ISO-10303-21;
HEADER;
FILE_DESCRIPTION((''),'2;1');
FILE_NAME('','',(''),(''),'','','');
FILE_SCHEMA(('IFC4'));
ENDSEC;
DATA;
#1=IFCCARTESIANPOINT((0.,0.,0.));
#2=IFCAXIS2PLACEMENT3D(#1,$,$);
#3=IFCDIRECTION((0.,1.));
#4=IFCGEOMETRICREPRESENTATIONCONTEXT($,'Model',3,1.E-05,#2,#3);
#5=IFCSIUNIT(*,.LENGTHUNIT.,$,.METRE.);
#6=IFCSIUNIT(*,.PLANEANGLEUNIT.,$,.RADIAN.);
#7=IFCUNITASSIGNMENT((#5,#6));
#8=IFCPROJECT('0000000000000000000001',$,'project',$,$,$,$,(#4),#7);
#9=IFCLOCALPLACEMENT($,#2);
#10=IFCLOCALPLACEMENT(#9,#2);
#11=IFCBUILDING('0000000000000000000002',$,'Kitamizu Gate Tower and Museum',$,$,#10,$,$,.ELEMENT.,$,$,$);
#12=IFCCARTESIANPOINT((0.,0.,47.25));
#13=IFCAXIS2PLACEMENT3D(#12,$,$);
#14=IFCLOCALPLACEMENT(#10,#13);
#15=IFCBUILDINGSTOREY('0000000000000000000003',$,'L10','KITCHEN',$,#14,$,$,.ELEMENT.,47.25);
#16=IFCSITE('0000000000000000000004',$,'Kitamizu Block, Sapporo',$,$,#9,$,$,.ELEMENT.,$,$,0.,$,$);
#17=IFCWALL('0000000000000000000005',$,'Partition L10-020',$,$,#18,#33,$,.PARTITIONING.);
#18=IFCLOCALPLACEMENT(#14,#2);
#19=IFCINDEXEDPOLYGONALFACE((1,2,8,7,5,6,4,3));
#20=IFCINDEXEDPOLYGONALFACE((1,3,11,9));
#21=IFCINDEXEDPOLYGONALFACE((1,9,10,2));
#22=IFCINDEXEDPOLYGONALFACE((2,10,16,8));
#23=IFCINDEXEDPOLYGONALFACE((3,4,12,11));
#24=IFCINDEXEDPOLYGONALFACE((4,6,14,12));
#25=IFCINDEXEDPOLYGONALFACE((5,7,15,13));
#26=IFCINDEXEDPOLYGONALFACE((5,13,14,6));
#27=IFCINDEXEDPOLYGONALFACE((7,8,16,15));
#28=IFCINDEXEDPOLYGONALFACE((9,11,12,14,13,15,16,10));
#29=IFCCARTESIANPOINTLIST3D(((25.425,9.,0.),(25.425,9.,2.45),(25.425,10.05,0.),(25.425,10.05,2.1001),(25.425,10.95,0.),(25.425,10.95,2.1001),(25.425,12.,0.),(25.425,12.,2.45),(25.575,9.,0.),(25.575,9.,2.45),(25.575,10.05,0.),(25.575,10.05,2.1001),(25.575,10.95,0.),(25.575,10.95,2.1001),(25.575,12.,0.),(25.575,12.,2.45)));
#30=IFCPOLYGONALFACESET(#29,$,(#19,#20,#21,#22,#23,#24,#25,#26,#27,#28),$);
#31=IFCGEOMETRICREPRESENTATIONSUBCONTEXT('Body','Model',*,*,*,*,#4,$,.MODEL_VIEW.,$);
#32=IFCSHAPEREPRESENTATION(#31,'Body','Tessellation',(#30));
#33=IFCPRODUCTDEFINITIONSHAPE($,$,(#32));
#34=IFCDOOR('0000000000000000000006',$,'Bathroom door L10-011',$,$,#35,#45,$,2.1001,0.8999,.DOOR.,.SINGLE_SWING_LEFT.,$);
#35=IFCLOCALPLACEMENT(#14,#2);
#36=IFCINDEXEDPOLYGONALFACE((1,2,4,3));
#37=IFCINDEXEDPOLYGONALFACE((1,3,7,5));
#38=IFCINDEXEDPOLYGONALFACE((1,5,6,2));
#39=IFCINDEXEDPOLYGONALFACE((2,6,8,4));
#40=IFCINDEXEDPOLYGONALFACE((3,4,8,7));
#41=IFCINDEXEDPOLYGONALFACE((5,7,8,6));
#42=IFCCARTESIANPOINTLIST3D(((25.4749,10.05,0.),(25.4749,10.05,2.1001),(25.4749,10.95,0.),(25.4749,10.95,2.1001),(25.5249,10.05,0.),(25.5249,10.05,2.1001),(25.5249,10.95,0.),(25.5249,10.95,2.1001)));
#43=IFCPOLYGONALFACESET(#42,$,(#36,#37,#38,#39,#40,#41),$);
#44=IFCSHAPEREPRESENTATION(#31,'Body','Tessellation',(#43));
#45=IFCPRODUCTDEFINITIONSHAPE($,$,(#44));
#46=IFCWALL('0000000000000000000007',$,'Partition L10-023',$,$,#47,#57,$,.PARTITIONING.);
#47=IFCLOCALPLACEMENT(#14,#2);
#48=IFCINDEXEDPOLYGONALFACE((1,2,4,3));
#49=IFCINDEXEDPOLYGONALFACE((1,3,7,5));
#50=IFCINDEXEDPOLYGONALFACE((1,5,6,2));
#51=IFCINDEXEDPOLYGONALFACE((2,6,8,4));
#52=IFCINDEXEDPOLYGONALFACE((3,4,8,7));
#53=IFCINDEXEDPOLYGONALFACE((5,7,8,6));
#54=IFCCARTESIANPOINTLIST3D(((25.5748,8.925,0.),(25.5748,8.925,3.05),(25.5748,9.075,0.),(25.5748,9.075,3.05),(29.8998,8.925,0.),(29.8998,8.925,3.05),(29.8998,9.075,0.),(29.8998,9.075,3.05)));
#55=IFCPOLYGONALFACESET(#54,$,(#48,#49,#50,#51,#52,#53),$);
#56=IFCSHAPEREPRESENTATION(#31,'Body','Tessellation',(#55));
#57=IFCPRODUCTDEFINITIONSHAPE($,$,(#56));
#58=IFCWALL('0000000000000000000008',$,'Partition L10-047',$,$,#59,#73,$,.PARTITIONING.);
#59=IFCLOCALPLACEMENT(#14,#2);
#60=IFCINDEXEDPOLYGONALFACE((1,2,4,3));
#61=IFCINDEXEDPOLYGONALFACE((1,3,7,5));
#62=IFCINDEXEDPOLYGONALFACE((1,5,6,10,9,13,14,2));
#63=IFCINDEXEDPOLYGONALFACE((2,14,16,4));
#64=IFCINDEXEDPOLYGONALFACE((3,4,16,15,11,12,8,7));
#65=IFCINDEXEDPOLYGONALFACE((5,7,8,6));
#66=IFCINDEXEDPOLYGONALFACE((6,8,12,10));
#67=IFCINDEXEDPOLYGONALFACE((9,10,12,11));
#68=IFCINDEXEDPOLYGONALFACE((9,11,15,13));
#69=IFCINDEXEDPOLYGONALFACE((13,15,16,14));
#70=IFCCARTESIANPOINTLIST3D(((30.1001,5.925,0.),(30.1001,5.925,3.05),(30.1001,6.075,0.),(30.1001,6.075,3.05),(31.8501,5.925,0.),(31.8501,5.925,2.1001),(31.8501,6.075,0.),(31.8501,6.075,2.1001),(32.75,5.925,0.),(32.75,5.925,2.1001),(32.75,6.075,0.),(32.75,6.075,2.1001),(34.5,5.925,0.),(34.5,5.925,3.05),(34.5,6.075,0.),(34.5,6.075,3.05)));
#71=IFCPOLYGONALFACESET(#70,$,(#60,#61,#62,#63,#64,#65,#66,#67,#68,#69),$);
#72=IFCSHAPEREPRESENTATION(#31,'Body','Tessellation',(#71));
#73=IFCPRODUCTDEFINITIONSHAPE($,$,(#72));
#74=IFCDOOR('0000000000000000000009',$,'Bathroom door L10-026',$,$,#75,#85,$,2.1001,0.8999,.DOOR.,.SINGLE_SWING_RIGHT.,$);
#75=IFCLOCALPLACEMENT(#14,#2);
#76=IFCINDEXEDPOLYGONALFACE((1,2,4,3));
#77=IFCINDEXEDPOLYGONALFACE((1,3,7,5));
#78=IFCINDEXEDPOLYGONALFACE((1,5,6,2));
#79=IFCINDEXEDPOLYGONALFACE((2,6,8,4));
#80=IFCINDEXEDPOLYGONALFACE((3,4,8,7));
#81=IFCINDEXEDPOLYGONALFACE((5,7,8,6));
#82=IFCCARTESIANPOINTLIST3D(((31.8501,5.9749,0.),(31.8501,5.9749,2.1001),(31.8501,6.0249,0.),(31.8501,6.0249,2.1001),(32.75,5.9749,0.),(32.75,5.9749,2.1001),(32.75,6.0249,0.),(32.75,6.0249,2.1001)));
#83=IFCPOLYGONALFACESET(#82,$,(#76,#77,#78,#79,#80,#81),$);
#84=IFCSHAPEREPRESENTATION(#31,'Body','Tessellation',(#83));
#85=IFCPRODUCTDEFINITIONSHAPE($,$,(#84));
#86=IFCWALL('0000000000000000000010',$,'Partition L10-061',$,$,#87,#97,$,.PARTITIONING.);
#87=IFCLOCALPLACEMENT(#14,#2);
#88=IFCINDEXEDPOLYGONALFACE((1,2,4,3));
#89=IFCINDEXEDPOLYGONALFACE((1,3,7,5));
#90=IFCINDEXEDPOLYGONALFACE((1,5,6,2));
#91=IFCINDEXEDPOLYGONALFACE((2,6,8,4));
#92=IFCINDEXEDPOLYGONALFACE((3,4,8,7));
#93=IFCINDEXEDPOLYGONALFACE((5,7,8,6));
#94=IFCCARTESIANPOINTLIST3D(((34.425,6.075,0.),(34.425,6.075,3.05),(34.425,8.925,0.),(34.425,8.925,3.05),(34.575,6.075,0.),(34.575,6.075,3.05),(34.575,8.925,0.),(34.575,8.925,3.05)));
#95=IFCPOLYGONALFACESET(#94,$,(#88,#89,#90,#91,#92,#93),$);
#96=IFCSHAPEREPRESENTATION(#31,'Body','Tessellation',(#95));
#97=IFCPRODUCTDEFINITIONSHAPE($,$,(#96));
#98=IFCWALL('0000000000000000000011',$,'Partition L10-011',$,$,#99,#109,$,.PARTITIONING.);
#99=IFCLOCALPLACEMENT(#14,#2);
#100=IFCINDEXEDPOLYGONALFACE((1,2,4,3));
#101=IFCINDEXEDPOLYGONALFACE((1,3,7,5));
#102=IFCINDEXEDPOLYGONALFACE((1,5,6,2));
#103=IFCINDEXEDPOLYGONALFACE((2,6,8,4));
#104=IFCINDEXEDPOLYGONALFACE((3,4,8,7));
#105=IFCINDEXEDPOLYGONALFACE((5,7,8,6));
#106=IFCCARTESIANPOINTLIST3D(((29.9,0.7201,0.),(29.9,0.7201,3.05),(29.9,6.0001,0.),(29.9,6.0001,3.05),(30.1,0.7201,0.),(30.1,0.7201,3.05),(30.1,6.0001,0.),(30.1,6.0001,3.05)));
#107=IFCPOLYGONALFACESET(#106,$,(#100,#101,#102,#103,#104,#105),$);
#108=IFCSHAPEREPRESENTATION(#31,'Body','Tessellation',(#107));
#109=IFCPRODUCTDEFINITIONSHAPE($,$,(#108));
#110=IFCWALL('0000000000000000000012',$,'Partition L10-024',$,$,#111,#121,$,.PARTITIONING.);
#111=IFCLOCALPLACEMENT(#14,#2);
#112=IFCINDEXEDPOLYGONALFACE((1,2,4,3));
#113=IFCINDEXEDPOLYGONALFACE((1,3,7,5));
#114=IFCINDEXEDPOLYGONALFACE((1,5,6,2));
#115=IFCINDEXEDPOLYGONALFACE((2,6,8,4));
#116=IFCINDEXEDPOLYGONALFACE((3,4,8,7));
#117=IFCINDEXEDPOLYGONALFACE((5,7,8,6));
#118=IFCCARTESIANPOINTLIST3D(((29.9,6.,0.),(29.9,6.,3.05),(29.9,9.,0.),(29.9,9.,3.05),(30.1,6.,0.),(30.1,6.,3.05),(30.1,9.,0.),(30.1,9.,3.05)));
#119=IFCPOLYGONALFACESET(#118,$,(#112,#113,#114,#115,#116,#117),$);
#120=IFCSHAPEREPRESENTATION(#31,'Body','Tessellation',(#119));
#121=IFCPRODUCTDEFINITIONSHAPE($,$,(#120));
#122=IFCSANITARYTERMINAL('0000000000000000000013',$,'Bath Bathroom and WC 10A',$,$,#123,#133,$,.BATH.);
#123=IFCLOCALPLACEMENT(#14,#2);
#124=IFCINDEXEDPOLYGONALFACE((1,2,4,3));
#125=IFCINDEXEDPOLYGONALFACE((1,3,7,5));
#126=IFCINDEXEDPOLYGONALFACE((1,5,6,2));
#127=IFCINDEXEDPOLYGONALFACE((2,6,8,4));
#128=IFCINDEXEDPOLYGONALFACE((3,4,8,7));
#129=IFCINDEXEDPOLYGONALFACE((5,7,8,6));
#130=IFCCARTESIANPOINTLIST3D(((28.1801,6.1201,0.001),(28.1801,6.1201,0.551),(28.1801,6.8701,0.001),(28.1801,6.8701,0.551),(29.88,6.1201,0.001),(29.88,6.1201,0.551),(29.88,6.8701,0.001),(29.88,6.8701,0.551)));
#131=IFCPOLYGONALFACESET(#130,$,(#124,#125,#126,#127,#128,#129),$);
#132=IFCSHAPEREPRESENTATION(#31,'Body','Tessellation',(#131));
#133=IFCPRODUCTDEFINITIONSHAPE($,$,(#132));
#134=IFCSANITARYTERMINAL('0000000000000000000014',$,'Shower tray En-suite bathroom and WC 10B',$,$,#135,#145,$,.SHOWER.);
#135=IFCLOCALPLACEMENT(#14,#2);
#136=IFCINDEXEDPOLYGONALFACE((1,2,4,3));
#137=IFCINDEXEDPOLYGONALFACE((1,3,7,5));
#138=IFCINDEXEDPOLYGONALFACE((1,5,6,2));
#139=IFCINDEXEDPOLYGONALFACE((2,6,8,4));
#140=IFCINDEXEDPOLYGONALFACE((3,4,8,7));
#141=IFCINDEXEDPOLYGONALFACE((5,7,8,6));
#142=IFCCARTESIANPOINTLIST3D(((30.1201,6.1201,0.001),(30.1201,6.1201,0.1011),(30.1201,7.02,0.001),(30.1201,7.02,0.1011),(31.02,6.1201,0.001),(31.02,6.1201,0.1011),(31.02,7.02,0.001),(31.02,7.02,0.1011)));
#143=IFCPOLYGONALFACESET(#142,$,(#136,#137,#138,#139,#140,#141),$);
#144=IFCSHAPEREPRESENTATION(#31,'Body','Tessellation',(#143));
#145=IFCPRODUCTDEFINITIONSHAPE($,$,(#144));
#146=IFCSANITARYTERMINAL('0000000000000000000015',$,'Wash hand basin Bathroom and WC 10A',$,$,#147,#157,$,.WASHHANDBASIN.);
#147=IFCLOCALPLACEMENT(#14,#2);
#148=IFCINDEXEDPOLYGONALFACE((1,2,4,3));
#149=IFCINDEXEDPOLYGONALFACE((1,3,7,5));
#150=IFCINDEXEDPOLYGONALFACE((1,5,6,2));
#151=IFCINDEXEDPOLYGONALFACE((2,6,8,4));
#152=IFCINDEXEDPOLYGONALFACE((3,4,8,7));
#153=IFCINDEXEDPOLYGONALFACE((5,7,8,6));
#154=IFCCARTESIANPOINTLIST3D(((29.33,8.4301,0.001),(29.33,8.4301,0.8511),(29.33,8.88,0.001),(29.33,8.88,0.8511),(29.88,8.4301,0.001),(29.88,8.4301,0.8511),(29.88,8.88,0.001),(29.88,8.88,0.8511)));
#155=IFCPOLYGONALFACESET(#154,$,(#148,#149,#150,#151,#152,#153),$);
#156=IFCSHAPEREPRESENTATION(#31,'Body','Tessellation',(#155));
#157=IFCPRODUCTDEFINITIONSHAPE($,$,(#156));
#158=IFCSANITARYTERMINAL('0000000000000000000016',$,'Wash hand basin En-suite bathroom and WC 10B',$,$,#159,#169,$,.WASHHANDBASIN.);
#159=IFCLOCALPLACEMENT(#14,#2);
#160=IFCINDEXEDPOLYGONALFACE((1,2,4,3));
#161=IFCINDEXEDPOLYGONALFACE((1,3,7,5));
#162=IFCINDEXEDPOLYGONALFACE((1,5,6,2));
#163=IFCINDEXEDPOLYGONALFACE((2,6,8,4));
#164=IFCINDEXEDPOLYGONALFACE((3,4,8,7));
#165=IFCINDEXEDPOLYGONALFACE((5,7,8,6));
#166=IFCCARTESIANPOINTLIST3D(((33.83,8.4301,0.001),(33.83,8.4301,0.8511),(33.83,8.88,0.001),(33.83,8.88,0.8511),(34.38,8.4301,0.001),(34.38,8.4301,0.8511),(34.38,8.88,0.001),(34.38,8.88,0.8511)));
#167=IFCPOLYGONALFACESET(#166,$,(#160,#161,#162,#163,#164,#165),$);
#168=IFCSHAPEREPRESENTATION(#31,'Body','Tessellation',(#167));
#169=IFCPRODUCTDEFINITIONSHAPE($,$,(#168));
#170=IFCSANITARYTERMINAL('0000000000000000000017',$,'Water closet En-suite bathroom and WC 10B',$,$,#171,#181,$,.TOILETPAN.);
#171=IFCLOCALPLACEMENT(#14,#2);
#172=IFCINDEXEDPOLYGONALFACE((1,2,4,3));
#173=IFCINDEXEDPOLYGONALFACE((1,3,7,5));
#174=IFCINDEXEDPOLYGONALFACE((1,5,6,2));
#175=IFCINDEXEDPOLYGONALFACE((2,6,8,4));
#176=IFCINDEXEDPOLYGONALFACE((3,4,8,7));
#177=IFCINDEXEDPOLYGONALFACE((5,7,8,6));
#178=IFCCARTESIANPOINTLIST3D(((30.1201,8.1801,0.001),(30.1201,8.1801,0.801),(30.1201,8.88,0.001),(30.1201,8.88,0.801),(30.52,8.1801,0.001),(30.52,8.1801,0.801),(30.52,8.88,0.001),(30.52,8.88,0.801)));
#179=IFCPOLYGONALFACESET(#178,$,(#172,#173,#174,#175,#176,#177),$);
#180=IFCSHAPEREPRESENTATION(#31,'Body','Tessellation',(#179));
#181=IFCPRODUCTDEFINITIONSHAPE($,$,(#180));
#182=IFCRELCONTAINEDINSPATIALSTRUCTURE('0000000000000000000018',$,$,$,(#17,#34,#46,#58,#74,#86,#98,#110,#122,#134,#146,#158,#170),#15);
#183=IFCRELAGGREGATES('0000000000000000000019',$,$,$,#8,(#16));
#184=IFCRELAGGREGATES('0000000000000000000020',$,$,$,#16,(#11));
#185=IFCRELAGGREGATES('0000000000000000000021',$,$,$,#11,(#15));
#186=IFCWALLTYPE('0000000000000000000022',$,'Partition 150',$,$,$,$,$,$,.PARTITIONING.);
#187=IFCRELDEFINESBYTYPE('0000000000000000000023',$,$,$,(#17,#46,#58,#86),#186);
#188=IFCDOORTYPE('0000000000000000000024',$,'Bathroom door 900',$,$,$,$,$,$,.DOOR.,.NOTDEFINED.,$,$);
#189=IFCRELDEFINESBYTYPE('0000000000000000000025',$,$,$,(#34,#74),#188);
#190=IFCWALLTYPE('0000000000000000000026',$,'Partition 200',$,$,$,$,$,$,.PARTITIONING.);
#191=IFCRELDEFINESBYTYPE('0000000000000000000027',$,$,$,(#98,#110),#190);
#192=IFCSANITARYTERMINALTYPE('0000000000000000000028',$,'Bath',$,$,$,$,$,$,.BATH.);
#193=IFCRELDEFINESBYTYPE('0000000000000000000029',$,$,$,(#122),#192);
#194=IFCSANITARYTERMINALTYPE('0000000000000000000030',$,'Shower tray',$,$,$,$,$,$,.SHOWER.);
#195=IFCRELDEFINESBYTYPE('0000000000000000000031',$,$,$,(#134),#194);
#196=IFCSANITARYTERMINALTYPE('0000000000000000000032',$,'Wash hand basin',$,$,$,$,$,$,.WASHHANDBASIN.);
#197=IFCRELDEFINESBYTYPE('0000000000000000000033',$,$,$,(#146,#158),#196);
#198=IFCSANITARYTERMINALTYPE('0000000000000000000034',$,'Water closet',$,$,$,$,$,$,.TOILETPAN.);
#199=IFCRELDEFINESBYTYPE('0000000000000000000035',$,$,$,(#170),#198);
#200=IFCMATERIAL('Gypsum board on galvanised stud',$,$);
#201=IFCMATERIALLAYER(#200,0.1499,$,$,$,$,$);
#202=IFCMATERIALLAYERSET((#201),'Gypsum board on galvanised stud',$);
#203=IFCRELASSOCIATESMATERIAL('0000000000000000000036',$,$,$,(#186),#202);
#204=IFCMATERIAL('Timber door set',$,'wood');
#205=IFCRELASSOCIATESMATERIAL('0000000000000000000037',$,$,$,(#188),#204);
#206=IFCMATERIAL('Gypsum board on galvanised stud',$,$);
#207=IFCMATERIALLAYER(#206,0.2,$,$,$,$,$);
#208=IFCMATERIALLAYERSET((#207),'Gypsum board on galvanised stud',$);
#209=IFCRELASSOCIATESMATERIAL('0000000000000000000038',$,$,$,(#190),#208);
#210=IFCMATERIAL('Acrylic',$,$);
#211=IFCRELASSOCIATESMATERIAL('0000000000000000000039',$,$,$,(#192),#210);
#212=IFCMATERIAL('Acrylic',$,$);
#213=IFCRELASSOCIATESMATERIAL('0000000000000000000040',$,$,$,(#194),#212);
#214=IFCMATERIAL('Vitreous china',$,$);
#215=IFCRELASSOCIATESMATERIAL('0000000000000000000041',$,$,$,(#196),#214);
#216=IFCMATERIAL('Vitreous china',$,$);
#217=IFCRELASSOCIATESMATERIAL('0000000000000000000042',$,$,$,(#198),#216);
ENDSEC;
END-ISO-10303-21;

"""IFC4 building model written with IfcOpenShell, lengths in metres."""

from ifc_helpers import new_model, si_unit, direction, frame, frame_2d, origin, origin_2d, place, context, subcontext, project, spatial, rectangle, extrude, material, layer, layer_set, type_object, element, fill, save


model = new_model("IFC4")

# Units and contexts
model_context = context("Model", 3, precision=1e-05, world=origin(), true_north=direction((0.0, 1.0)))
body_context = subcontext(model_context, "Body", "Model", "MODEL_VIEW")
ifc_project = project(units=[si_unit("LENGTHUNIT", "METRE"), si_unit("PLANEANGLEUNIT", "RADIAN")], contexts=[model_context])

# Site, building, storey
site_placement = place(None, origin())
site = spatial("IfcSite", under=ifc_project, at=site_placement, Name="Kitamizu Block, Sapporo", CompositionType="ELEMENT", RefElevation=0.0)
building_placement = place(site_placement, origin())
building = spatial("IfcBuilding", under=site, at=building_placement, Name="Kitamizu Gate Tower and Museum", CompositionType="ELEMENT")
storey_placement = place(building_placement, frame((0.0, 0.0, 47.25)))
storey = spatial("IfcBuildingStorey", under=building, at=storey_placement, Name="L10", Description="KITCHEN", CompositionType="ELEMENT", Elevation=47.25)

# Shared definitions
ifc_material_1 = material(Name="Gypsum board on galvanised stud")
ifc_layer_1 = layer(ifc_material_1, 0.1499)
ifc_layer_set_1 = layer_set([ifc_layer_1], Name="Gypsum board on galvanised stud")
wall_type_1 = type_object("IfcWallType", Name="Partition 150", PredefinedType="PARTITIONING", material=ifc_layer_set_1)

# Wall, opening, door
ifc_material_2 = material(Name="Timber door set", Category="wood")
door_type_1 = type_object("IfcDoorType", Name="Bathroom door 900", OperationType="NOTDEFINED", PredefinedType="DOOR", material=ifc_material_2)
wall_1_placement = place(storey_placement, frame((25.5, 9.0, 0.0), z_axis=(0.0, 0.0, 1.0), x_axis=(0.0, 1.0, 0.0)))
wall_1 = element("IfcWall", 1, at=wall_1_placement, inside=storey, type_object=wall_type_1, Name="Partition L10-020", PredefinedType="PARTITIONING", context=body_context, shape_type="SweptSolid", body=[
    extrude(rectangle(XDim=3.0, YDim=0.1499, at=frame_2d((1.5, 0.0))), origin(), (0.0, 0.0, 1.0), 2.45),
])
opening_1_placement = place(wall_1_placement, frame((1.05, 0.0, 0.0)))
opening_1 = element("IfcOpeningElement", 2, at=opening_1_placement, cuts=wall_1, PredefinedType="OPENING", context=body_context, shape_type="SweptSolid", body=[
    extrude(rectangle(XDim=0.8999, YDim=2.1001, at=frame_2d((0.45, 1.05))), frame((0.0, 0.085, 0.0), z_axis=(0.0, -1.0, 0.0), x_axis=(1.0, 0.0, 0.0)), (0.0, 0.0, 1.0), 0.1699),
])
door_1_placement = place(opening_1_placement, frame((0.8999, 0.0, 0.0), x_axis=(-1.0, 0.0, 0.0)))
door_1 = element("IfcDoor", 3, at=door_1_placement, inside=storey, type_object=door_type_1, Name="Bathroom door L10-011", OperationType="SINGLE_SWING_LEFT", OverallHeight=2.1001, OverallWidth=0.8999, PredefinedType="DOOR", context=body_context, shape_type="SweptSolid", body=[
    extrude(rectangle(XDim=0.8999, YDim=2.1001, at=frame_2d((0.45, 1.05))), frame((0.0, 0.0249, 0.0), z_axis=(0.0, -1.0, 0.0), x_axis=(1.0, 0.0, 0.0)), (0.0, 0.0, 1.0), 0.05),
])
fill(opening_1, door_1)

# Wall
wall_2_placement = place(storey_placement, frame((29.8999, 9.0, 0.0), z_axis=(0.0, 0.0, 1.0), x_axis=(-1.0, 0.0, 0.0)))
element("IfcWall", 4, at=wall_2_placement, inside=storey, type_object=wall_type_1, Name="Partition L10-023", PredefinedType="PARTITIONING", context=body_context, shape_type="SweptSolid", body=[
    extrude(rectangle(XDim=4.325, YDim=0.1499, at=frame_2d((2.1626, 0.0))), origin(), (0.0, 0.0, 1.0), 3.05),
])

# Wall, opening, door
wall_3_placement = place(storey_placement, frame((34.5, 6.0, 0.0), z_axis=(0.0, 0.0, 1.0), x_axis=(-1.0, 0.0, 0.0)))
wall_3 = element("IfcWall", 5, at=wall_3_placement, inside=storey, type_object=wall_type_1, Name="Partition L10-047", PredefinedType="PARTITIONING", context=body_context, shape_type="SweptSolid", body=[
    extrude(rectangle(XDim=4.3999, YDim=0.1499, at=frame_2d((2.2, 0.0))), origin(), (0.0, 0.0, 1.0), 3.05),
])
opening_2_placement = place(wall_3_placement, frame((1.75, 0.0, 0.0)))
opening_2 = element("IfcOpeningElement", 6, at=opening_2_placement, cuts=wall_3, PredefinedType="OPENING", context=body_context, shape_type="SweptSolid", body=[
    extrude(rectangle(XDim=0.8999, YDim=2.1001, at=frame_2d((0.45, 1.05))), frame((0.0, 0.085, 0.0), z_axis=(0.0, -1.0, 0.0), x_axis=(1.0, 0.0, 0.0)), (0.0, 0.0, 1.0), 0.1699),
])
door_2_placement = place(opening_2_placement, frame((0.8999, 0.0, 0.0), x_axis=(-1.0, 0.0, 0.0)))
door_2 = element("IfcDoor", 7, at=door_2_placement, inside=storey, type_object=door_type_1, Name="Bathroom door L10-026", OperationType="SINGLE_SWING_RIGHT", OverallHeight=2.1001, OverallWidth=0.8999, PredefinedType="DOOR", context=body_context, shape_type="SweptSolid", body=[
    extrude(rectangle(XDim=0.8999, YDim=2.1001, at=frame_2d((0.45, 1.05))), frame((0.0, 0.0249, 0.0), z_axis=(0.0, -1.0, 0.0), x_axis=(1.0, 0.0, 0.0)), (0.0, 0.0, 1.0), 0.05),
])
fill(opening_2, door_2)

# Walls
wall_4_placement = place(storey_placement, frame((34.5, 6.075, 0.0), z_axis=(0.0, 0.0, 1.0), x_axis=(0.0, 1.0, 0.0)))
element("IfcWall", 8, at=wall_4_placement, inside=storey, type_object=wall_type_1, Name="Partition L10-061", PredefinedType="PARTITIONING", context=body_context, shape_type="SweptSolid", body=[
    extrude(rectangle(XDim=2.8501, YDim=0.1499, at=frame_2d((1.425, 0.0))), origin(), (0.0, 0.0, 1.0), 3.05),
])
ifc_material_3 = material(Name="Gypsum board on galvanised stud")
ifc_layer_2 = layer(ifc_material_3, 0.2)
ifc_layer_set_2 = layer_set([ifc_layer_2], Name="Gypsum board on galvanised stud")
wall_type_2 = type_object("IfcWallType", Name="Partition 200", PredefinedType="PARTITIONING", material=ifc_layer_set_2)
wall_5_placement = place(storey_placement, frame((30.0, 0.72, 0.0), z_axis=(0.0, 0.0, 1.0), x_axis=(0.0, 1.0, 0.0)))
element("IfcWall", 9, at=wall_5_placement, inside=storey, type_object=wall_type_2, Name="Partition L10-011", PredefinedType="PARTITIONING", context=body_context, shape_type="SweptSolid", body=[
    extrude(rectangle(XDim=5.28, YDim=0.2, at=frame_2d((2.6401, 0.0))), origin(), (0.0, 0.0, 1.0), 3.05),
])
wall_6_placement = place(storey_placement, frame((30.0, 6.0, 0.0), z_axis=(0.0, 0.0, 1.0), x_axis=(0.0, 1.0, 0.0)))
element("IfcWall", 10, at=wall_6_placement, inside=storey, type_object=wall_type_2, Name="Partition L10-024", PredefinedType="PARTITIONING", context=body_context, shape_type="SweptSolid", body=[
    extrude(rectangle(XDim=3.0, YDim=0.2, at=frame_2d((1.5, 0.0))), origin(), (0.0, 0.0, 1.0), 3.05),
])

# Sanitary terminals
ifc_material_4 = material(Name="Acrylic")
sanitary_terminal_type_1 = type_object("IfcSanitaryTerminalType", Name="Bath", PredefinedType="BATH", material=ifc_material_4)
sanitary_terminal_1_placement = place(storey_placement, frame((29.03, 6.4951, 0.001), z_axis=(0.0, 0.0, 1.0), x_axis=(1.0, 0.0, 0.0)))
element("IfcSanitaryTerminal", 11, at=sanitary_terminal_1_placement, inside=storey, type_object=sanitary_terminal_type_1, Name="Bath Bathroom and WC 10A", PredefinedType="BATH", context=body_context, shape_type="SweptSolid", body=[
    extrude(rectangle(XDim=1.7, YDim=0.75, at=origin_2d()), origin(), (0.0, 0.0, 1.0), 0.55),
])
ifc_material_5 = material(Name="Acrylic")
sanitary_terminal_type_2 = type_object("IfcSanitaryTerminalType", Name="Shower tray", PredefinedType="SHOWER", material=ifc_material_5)
sanitary_terminal_2_placement = place(storey_placement, frame((30.5701, 6.5701, 0.001), z_axis=(0.0, 0.0, 1.0), x_axis=(1.0, 0.0, 0.0)))
element("IfcSanitaryTerminal", 12, at=sanitary_terminal_2_placement, inside=storey, type_object=sanitary_terminal_type_2, Name="Shower tray En-suite bathroom and WC 10B", PredefinedType="SHOWER", context=body_context, shape_type="SweptSolid", body=[
    extrude(rectangle(XDim=0.8999, YDim=0.8999, at=origin_2d()), origin(), (0.0, 0.0, 1.0), 0.1001),
])
ifc_material_6 = material(Name="Vitreous china")
sanitary_terminal_type_3 = type_object("IfcSanitaryTerminalType", Name="Wash hand basin", PredefinedType="WASHHANDBASIN", material=ifc_material_6)
for number, where, z_axis, x_axis, name in (
    (13, (29.605, 8.655, 0.001), (0.0, 0.0, 1.0), (1.0, 0.0, 0.0), "Wash hand basin Bathroom and WC 10A"),
    (14, (34.105, 8.655, 0.001), (0.0, 0.0, 1.0), (1.0, 0.0, 0.0), "Wash hand basin En-suite bathroom and WC 10B"),
):
    element("IfcSanitaryTerminal", number, at=place(storey_placement, frame(where, z_axis=z_axis, x_axis=x_axis)), inside=storey, type_object=sanitary_terminal_type_3, Name=name, PredefinedType="WASHHANDBASIN", context=body_context, shape_type="SweptSolid", body=[
        extrude(rectangle(XDim=0.55, YDim=0.45, at=origin_2d()), origin(), (0.0, 0.0, 1.0), 0.8501),
    ])
ifc_material_7 = material(Name="Vitreous china")
sanitary_terminal_type_4 = type_object("IfcSanitaryTerminalType", Name="Water closet", PredefinedType="TOILETPAN", material=ifc_material_7)
sanitary_terminal_3_placement = place(storey_placement, frame((30.3201, 8.53, 0.001), z_axis=(0.0, 0.0, 1.0), x_axis=(1.0, 0.0, 0.0)))
element("IfcSanitaryTerminal", 15, at=sanitary_terminal_3_placement, inside=storey, type_object=sanitary_terminal_type_4, Name="Water closet En-suite bathroom and WC 10B", PredefinedType="TOILETPAN", context=body_context, shape_type="SweptSolid", body=[
    extrude(rectangle(XDim=0.3999, YDim=0.7, at=origin_2d()), origin(), (0.0, 0.0, 1.0), 0.8),
])

save(model, "model.ifc")
